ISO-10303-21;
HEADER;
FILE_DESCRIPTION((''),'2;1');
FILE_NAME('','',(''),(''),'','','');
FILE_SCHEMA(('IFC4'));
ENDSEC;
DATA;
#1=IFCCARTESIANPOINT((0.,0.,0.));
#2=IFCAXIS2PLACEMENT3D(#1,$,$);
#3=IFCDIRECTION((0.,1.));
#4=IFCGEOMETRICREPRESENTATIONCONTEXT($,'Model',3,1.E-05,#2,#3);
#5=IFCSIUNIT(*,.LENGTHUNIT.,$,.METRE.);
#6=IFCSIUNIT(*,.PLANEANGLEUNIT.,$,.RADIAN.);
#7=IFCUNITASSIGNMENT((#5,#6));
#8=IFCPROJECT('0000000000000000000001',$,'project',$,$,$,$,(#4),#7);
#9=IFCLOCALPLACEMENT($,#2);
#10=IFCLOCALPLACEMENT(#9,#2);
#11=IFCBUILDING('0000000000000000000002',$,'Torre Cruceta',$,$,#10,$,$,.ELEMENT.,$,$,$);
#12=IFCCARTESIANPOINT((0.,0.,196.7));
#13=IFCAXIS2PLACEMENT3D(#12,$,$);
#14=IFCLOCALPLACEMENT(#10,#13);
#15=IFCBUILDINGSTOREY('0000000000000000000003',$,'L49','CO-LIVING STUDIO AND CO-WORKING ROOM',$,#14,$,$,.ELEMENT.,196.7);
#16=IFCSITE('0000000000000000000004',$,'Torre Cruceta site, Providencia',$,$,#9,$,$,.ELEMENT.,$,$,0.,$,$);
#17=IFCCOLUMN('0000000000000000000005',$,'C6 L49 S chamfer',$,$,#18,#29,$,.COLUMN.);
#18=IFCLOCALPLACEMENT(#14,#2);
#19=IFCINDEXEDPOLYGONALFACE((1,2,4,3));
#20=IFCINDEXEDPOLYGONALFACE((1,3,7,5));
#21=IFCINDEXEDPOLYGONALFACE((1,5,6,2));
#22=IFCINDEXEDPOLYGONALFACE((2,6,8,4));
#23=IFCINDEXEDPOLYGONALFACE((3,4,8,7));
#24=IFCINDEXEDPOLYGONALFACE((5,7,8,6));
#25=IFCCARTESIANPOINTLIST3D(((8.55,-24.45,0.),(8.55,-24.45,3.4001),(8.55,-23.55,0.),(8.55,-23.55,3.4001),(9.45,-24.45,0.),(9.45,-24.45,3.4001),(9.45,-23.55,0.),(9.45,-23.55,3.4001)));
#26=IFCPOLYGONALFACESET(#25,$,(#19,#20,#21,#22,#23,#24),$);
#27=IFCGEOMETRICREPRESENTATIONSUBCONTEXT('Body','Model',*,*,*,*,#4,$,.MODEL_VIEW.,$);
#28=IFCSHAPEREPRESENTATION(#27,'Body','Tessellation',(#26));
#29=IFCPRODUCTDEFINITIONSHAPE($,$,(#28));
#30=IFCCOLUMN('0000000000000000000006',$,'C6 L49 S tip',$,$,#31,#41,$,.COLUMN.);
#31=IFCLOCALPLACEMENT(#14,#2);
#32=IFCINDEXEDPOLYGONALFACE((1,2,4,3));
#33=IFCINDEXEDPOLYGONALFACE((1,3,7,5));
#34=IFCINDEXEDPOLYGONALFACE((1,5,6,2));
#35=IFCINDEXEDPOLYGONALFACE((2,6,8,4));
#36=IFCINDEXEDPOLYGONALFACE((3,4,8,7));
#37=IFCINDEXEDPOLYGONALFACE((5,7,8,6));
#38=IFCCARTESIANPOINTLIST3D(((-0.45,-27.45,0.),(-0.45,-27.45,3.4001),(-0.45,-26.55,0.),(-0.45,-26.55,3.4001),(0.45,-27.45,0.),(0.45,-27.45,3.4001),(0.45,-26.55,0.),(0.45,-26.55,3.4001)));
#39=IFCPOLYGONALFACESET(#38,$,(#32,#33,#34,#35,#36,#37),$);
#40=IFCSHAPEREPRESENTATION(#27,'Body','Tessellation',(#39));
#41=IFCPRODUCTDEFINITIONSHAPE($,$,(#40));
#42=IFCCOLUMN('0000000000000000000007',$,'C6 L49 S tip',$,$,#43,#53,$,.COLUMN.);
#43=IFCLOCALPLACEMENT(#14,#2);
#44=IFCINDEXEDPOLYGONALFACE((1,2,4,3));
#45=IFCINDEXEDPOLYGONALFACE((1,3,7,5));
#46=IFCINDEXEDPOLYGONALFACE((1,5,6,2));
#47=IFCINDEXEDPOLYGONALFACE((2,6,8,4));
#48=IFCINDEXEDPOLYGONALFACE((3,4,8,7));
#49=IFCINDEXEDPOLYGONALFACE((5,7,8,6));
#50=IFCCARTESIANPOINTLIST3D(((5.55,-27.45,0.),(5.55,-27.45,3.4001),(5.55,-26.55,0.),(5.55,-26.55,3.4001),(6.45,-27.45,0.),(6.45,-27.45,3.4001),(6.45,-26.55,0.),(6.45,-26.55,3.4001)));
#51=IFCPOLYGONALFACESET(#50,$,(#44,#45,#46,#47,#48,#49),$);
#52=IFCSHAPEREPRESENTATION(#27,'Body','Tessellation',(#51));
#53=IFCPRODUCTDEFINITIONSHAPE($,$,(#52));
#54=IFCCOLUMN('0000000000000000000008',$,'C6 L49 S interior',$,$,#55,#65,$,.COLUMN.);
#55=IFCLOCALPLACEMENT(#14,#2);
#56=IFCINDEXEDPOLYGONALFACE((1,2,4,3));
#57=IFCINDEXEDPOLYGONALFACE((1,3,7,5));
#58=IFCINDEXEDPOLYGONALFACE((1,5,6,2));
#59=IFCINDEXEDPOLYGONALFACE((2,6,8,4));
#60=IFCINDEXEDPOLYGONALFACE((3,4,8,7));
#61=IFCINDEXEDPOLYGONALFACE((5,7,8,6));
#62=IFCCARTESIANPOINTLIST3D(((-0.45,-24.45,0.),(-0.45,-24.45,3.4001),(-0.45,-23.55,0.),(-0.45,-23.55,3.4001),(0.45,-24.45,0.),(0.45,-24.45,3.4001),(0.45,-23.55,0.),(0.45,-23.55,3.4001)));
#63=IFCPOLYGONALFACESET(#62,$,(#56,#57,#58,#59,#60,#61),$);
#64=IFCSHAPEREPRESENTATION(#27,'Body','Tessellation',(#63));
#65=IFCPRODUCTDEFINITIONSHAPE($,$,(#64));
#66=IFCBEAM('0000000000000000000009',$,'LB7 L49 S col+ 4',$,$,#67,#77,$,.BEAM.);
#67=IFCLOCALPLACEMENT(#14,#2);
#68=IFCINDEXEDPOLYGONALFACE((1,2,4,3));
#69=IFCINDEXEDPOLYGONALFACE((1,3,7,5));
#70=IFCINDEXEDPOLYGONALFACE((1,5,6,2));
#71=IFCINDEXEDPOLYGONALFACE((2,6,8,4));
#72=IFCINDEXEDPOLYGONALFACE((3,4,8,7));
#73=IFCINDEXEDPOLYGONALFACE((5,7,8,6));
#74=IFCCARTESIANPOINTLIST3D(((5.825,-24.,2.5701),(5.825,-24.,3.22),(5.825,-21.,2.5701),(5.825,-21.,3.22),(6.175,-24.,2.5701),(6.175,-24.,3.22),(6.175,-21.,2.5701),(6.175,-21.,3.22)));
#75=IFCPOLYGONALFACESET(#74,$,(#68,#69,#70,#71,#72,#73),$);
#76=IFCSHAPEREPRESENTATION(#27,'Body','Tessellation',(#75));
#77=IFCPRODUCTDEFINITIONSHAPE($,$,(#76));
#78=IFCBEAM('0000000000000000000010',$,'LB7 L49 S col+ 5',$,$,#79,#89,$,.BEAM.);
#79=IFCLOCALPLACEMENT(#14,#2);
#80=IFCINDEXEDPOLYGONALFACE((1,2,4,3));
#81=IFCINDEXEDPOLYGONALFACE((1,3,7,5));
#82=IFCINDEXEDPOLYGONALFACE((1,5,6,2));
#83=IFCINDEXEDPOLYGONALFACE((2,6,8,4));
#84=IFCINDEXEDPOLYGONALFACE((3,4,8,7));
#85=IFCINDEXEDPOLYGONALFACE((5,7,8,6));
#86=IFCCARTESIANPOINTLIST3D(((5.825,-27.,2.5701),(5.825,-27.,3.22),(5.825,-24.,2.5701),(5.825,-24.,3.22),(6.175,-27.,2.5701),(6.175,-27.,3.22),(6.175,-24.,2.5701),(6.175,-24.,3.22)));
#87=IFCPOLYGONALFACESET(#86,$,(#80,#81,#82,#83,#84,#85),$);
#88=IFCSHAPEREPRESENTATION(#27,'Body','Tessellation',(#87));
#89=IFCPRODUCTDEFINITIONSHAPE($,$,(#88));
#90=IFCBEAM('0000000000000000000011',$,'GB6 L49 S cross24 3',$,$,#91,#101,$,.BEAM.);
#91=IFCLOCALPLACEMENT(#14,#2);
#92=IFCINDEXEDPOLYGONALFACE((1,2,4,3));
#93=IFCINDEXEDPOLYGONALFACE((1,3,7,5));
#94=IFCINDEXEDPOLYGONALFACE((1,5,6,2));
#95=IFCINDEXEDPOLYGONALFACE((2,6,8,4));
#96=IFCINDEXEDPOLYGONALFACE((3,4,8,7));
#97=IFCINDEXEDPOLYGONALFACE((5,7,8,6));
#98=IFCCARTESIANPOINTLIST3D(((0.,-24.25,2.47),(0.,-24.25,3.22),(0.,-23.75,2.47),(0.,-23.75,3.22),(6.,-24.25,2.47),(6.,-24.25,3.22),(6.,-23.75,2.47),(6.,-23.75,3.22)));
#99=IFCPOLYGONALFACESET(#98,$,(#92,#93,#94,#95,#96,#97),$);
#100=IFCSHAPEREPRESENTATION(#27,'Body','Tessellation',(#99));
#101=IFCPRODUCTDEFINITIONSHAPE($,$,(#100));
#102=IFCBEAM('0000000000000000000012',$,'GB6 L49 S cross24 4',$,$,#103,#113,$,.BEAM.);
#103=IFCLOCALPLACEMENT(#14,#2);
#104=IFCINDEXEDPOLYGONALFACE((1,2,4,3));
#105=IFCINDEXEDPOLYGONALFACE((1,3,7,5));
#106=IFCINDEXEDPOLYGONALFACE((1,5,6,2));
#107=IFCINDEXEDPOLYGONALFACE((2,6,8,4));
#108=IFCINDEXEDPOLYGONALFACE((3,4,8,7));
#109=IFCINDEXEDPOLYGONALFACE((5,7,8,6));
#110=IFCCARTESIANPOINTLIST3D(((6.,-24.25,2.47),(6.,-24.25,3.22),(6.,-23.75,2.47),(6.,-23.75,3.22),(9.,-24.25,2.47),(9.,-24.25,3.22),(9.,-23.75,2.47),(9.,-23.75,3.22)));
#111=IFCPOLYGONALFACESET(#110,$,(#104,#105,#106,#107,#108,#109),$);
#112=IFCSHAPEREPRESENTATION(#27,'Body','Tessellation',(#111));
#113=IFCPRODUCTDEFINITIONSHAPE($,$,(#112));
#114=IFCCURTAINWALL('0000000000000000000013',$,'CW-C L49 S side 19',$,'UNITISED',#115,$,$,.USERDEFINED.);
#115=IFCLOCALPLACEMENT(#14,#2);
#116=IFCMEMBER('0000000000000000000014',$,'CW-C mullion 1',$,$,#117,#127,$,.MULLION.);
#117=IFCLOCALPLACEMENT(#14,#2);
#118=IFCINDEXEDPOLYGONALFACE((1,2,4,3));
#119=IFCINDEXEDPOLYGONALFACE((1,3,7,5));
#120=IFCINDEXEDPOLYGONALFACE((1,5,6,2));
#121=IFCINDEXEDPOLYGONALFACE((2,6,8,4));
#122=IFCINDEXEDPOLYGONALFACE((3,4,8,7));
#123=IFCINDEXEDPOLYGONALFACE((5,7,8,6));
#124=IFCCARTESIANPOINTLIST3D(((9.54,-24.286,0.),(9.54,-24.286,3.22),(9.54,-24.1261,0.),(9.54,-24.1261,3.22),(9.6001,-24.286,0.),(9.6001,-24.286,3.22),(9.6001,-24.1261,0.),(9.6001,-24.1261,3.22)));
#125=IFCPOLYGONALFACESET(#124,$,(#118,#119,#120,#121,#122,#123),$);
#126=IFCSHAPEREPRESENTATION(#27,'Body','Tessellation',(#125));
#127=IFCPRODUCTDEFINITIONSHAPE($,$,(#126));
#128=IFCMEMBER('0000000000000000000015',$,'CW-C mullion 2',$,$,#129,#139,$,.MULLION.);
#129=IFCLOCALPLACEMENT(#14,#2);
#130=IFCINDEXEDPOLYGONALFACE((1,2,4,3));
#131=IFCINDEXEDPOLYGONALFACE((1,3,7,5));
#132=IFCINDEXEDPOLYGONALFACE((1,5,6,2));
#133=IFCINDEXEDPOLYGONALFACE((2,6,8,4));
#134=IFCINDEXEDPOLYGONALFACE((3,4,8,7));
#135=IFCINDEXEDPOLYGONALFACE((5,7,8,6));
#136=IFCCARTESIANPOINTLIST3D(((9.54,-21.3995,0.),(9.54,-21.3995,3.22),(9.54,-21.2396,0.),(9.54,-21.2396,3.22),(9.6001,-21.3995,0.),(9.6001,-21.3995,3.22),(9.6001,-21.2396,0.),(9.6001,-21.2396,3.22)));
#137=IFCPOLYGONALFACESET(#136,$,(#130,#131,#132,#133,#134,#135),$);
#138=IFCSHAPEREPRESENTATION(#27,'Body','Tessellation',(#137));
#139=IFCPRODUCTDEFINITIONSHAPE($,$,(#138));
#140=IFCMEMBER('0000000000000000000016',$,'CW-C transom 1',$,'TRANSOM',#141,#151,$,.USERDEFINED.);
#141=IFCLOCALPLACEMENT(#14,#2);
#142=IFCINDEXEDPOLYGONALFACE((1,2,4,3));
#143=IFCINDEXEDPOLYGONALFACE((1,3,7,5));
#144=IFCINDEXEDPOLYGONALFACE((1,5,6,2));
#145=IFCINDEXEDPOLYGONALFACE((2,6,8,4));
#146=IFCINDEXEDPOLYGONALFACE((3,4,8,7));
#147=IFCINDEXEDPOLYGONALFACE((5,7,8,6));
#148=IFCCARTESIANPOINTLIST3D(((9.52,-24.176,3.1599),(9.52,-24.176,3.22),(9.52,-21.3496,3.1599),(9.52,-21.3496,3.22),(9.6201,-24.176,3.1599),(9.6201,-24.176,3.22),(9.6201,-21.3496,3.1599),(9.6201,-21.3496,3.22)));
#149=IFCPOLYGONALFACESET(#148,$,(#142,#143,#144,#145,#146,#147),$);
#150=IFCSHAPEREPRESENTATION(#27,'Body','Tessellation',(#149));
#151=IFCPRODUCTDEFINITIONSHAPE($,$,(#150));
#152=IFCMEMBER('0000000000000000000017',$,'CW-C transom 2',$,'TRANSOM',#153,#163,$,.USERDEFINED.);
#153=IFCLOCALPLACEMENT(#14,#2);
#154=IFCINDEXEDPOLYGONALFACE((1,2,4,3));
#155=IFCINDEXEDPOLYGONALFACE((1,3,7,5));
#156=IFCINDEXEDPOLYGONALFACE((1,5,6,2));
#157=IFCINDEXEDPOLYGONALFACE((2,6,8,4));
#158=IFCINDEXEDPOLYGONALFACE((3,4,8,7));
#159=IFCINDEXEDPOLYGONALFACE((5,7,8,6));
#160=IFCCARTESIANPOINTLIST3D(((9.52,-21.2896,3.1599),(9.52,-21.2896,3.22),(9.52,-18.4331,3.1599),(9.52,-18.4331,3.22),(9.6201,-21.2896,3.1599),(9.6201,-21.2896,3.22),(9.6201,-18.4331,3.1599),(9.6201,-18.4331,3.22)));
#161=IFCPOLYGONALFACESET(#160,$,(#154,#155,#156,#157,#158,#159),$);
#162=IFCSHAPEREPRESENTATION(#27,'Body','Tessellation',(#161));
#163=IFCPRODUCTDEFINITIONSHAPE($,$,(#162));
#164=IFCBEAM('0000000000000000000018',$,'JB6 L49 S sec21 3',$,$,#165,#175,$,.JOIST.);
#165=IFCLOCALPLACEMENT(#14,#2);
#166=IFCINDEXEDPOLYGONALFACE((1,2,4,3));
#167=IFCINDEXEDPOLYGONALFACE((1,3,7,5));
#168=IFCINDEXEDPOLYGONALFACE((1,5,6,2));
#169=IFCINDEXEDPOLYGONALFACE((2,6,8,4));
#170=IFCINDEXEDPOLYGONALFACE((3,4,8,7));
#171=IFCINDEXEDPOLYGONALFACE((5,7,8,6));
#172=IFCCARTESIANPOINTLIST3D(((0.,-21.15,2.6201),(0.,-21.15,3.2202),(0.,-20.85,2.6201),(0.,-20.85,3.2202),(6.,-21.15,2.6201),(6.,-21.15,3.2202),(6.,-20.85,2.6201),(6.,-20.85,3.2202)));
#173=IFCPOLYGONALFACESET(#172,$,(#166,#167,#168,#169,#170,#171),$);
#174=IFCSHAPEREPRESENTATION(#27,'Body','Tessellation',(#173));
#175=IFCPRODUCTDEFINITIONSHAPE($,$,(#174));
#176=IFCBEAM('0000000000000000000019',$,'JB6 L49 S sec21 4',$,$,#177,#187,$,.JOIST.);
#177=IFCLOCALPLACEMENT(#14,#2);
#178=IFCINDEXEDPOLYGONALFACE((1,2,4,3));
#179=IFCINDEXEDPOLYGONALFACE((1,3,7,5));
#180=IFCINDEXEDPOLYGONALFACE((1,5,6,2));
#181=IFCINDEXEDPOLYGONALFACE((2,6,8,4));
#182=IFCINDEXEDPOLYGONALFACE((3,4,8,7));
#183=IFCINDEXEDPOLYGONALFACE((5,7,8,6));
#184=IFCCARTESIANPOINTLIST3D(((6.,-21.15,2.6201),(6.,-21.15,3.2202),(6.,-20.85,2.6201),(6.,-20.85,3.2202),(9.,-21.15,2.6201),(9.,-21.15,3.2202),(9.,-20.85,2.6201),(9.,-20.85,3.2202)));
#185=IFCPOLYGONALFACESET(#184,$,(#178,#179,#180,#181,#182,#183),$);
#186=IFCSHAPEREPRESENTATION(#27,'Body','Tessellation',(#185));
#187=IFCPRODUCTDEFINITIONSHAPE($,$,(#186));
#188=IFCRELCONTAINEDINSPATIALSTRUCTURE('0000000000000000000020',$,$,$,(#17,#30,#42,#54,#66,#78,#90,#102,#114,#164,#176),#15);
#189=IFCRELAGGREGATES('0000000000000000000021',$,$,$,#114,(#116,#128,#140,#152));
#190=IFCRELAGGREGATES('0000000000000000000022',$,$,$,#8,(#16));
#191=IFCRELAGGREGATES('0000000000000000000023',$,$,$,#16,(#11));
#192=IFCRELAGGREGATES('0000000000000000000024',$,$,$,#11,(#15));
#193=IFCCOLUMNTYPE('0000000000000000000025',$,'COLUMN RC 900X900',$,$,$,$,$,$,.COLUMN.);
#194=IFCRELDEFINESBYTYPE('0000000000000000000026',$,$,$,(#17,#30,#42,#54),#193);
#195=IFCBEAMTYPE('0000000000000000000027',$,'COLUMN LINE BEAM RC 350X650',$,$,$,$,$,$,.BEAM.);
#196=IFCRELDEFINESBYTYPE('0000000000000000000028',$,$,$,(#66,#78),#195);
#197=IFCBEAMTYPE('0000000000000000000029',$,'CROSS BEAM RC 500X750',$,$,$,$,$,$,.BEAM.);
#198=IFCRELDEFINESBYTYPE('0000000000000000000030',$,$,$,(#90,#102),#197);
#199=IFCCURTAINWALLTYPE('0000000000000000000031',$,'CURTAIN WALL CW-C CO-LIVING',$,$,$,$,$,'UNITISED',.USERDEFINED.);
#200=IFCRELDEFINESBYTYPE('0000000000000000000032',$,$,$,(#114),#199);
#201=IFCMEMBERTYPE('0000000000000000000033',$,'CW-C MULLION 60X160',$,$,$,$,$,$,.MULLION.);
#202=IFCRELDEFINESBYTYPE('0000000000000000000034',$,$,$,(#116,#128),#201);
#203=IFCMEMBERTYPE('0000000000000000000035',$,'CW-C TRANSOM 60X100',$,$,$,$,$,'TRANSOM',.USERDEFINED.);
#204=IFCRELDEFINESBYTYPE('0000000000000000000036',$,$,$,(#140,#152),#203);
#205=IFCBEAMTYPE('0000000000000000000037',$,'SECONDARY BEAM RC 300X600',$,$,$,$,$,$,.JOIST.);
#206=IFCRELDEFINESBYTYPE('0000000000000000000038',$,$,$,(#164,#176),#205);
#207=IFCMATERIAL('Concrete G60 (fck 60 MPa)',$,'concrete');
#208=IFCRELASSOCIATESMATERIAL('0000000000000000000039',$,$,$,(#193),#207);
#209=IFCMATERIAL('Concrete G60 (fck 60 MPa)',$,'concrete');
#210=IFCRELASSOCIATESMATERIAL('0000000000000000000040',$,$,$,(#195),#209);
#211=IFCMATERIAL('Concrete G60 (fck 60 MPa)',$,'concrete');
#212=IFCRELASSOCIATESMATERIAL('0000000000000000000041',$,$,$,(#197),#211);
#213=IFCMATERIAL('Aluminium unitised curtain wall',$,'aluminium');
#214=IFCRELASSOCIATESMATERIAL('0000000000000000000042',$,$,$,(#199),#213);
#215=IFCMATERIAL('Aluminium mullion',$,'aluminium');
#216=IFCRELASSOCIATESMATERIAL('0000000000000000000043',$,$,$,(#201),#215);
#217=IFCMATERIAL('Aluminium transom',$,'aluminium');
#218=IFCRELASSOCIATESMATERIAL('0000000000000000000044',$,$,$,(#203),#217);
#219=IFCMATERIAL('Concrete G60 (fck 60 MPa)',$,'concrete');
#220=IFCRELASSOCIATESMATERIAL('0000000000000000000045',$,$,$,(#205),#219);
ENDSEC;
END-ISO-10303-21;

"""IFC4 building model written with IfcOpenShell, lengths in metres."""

from ifc_helpers import new_model, si_unit, direction, frame, origin, origin_2d, place, context, subcontext, project, spatial, rectangle, extrude, material, material_profile, profile_set, type_object, element, aggregate, save


model = new_model("IFC4")

# Units and contexts
model_context = context("Model", 3, precision=1e-05, world=origin(), true_north=direction((0.0, 1.0)))
body_context = subcontext(model_context, "Body", "Model", "MODEL_VIEW")
ifc_project = project(units=[si_unit("LENGTHUNIT", "METRE"), si_unit("PLANEANGLEUNIT", "RADIAN")], contexts=[model_context])

# Site, building, storey
site_placement = place(None, origin())
site = spatial("IfcSite", under=ifc_project, at=site_placement, Name="Torre Cruceta site, Providencia", CompositionType="ELEMENT", RefElevation=0.0)
building_placement = place(site_placement, origin())
building = spatial("IfcBuilding", under=site, at=building_placement, Name="Torre Cruceta", CompositionType="ELEMENT")
storey_placement = place(building_placement, frame((0.0, 0.0, 196.7)))
storey = spatial("IfcBuildingStorey", under=building, at=storey_placement, Name="L49", Description="CO-LIVING STUDIO AND CO-WORKING ROOM", CompositionType="ELEMENT", Elevation=196.7)

# Columns
ifc_material_1 = material(Name="Concrete G60 (fck 60 MPa)", Category="concrete")
ifc_material_profile_1 = material_profile(ifc_material_1, rectangle(XDim=0.8999, YDim=0.8999, at=origin_2d()), Name="RC 900X900")
ifc_profile_set_1 = profile_set([ifc_material_profile_1], Name="Concrete G60 (fck 60 MPa)")
column_type = type_object("IfcColumnType", Name="COLUMN RC 900X900", PredefinedType="COLUMN", material=ifc_profile_set_1)
for number, where, z_axis, x_axis, name in (
    (1, (9.0, -24.0, 0.0), (0.0, 0.0, 1.0), (1.0, 0.0, 0.0), "C6 L49 S chamfer"),
    (2, (0.0, -27.0, 0.0), (0.0, 0.0, 1.0), (1.0, 0.0, 0.0), "C6 L49 S tip"),
    (3, (6.0, -27.0, 0.0), (0.0, 0.0, 1.0), (1.0, 0.0, 0.0), "C6 L49 S tip"),
    (4, (0.0, -24.0, 0.0), (0.0, 0.0, 1.0), (1.0, 0.0, 0.0), "C6 L49 S interior"),
):
    element("IfcColumn", number, at=place(storey_placement, frame(where, z_axis=z_axis, x_axis=x_axis)), inside=storey, type_object=column_type, Name=name, PredefinedType="COLUMN", context=body_context, shape_type="SweptSolid", body=[
        extrude(rectangle(XDim=0.8999, YDim=0.8999, at=origin_2d()), origin(), (0.0, 0.0, 1.0), 3.4001),
    ])

# Beams
ifc_material_2 = material(Name="Concrete G60 (fck 60 MPa)", Category="concrete")
ifc_material_profile_2 = material_profile(ifc_material_2, rectangle(XDim=0.3501, YDim=0.6499, at=origin_2d()), Name="RC 350X650")
ifc_profile_set_2 = profile_set([ifc_material_profile_2], Name="Concrete G60 (fck 60 MPa)")
beam_type_1 = type_object("IfcBeamType", Name="COLUMN LINE BEAM RC 350X650", PredefinedType="BEAM", material=ifc_profile_set_2)
for number, where, z_axis, x_axis, name in (
    (5, (6.0, -21.0, 2.895), (0.0, -1.0, 0.0), (1.0, 0.0, 0.0), "LB7 L49 S col+ 4"),
    (6, (6.0, -24.0, 2.895), (0.0, -1.0, 0.0), (1.0, 0.0, 0.0), "LB7 L49 S col+ 5"),
):
    element("IfcBeam", number, at=place(storey_placement, frame(where, z_axis=z_axis, x_axis=x_axis)), inside=storey, type_object=beam_type_1, Name=name, PredefinedType="BEAM", context=body_context, shape_type="SweptSolid", body=[
        extrude(rectangle(XDim=0.3501, YDim=0.6499, at=origin_2d()), origin(), (0.0, 0.0, 1.0), 3.0),
    ])
ifc_material_3 = material(Name="Concrete G60 (fck 60 MPa)", Category="concrete")
ifc_material_profile_3 = material_profile(ifc_material_3, rectangle(XDim=0.5, YDim=0.75, at=origin_2d()), Name="RC 500X750")
ifc_profile_set_3 = profile_set([ifc_material_profile_3], Name="Concrete G60 (fck 60 MPa)")
beam_type_2 = type_object("IfcBeamType", Name="CROSS BEAM RC 500X750", PredefinedType="BEAM", material=ifc_profile_set_3)
beam_1_placement = place(storey_placement, frame((0.0, -24.0, 2.845), z_axis=(1.0, 0.0, 0.0), x_axis=(0.0, 1.0, 0.0)))
element("IfcBeam", 7, at=beam_1_placement, inside=storey, type_object=beam_type_2, Name="GB6 L49 S cross24 3", PredefinedType="BEAM", context=body_context, shape_type="SweptSolid", body=[
    extrude(rectangle(XDim=0.5, YDim=0.75, at=origin_2d()), origin(), (0.0, 0.0, 1.0), 6.0),
])
beam_2_placement = place(storey_placement, frame((6.0, -24.0, 2.845), z_axis=(1.0, 0.0, 0.0), x_axis=(0.0, 1.0, 0.0)))
element("IfcBeam", 8, at=beam_2_placement, inside=storey, type_object=beam_type_2, Name="GB6 L49 S cross24 4", PredefinedType="BEAM", context=body_context, shape_type="SweptSolid", body=[
    extrude(rectangle(XDim=0.5, YDim=0.75, at=origin_2d()), origin(), (0.0, 0.0, 1.0), 3.0),
])

# Curtain wall, members
ifc_material_4 = material(Name="Aluminium unitised curtain wall", Category="aluminium")
curtain_wall_type = type_object("IfcCurtainWallType", Name="CURTAIN WALL CW-C CO-LIVING", ElementType="UNITISED", PredefinedType="USERDEFINED", material=ifc_material_4)
curtain_wall_placement = place(storey_placement, origin())
curtain_wall = element("IfcCurtainWall", 9, at=curtain_wall_placement, inside=storey, type_object=curtain_wall_type, Name="CW-C L49 S side 19", ObjectType="UNITISED", PredefinedType="USERDEFINED")
ifc_material_5 = material(Name="Aluminium mullion", Category="aluminium")
ifc_material_profile_4 = material_profile(ifc_material_5, rectangle(XDim=0.0601, YDim=0.1599, at=origin_2d()), Name="AL 60X160")
ifc_profile_set_4 = profile_set([ifc_material_profile_4], Name="Aluminium mullion")
member_type_1 = type_object("IfcMemberType", Name="CW-C MULLION 60X160", PredefinedType="MULLION", material=ifc_profile_set_4)
member_1_placement = place(storey_placement, frame((9.5701, -24.2061, 0.0), z_axis=(0.0, 0.0, 1.0), x_axis=(-1.0, 0.0, 0.0)))
member_1 = element("IfcMember", 10, at=member_1_placement, type_object=member_type_1, Name="CW-C mullion 1", PredefinedType="MULLION", context=body_context, shape_type="SweptSolid", body=[
    extrude(rectangle(XDim=0.0601, YDim=0.1599, at=origin_2d()), origin(), (0.0, 0.0, 1.0), 3.22),
])
member_2_placement = place(storey_placement, frame((9.5701, -21.3196, 0.0), z_axis=(0.0, 0.0, 1.0), x_axis=(-1.0, 0.0, 0.0)))
member_2 = element("IfcMember", 11, at=member_2_placement, type_object=member_type_1, Name="CW-C mullion 2", PredefinedType="MULLION", context=body_context, shape_type="SweptSolid", body=[
    extrude(rectangle(XDim=0.0601, YDim=0.1599, at=origin_2d()), origin(), (0.0, 0.0, 1.0), 3.22),
])
ifc_material_6 = material(Name="Aluminium transom", Category="aluminium")
ifc_material_profile_5 = material_profile(ifc_material_6, rectangle(XDim=0.1001, YDim=0.0601, at=origin_2d()), Name="AL 100X60")
ifc_profile_set_5 = profile_set([ifc_material_profile_5], Name="Aluminium transom")
member_type_2 = type_object("IfcMemberType", Name="CW-C TRANSOM 60X100", ElementType="TRANSOM", PredefinedType="USERDEFINED", material=ifc_profile_set_5)
member_3_placement = place(storey_placement, frame((9.5701, -24.176, 3.1899), z_axis=(0.0, 1.0, 0.0), x_axis=(-1.0, 0.0, 0.0)))
member_3 = element("IfcMember", 12, at=member_3_placement, type_object=member_type_2, Name="CW-C transom 1", ObjectType="TRANSOM", PredefinedType="USERDEFINED", context=body_context, shape_type="SweptSolid", body=[
    extrude(rectangle(XDim=0.1001, YDim=0.0601, at=origin_2d()), origin(), (0.0, 0.0, 1.0), 2.8264),
])
member_4_placement = place(storey_placement, frame((9.5701, -21.2896, 3.1899), z_axis=(0.0, 1.0, 0.0), x_axis=(-1.0, 0.0, 0.0)))
member_4 = element("IfcMember", 13, at=member_4_placement, type_object=member_type_2, Name="CW-C transom 2", ObjectType="TRANSOM", PredefinedType="USERDEFINED", context=body_context, shape_type="SweptSolid", body=[
    extrude(rectangle(XDim=0.1001, YDim=0.0601, at=origin_2d()), origin(), (0.0, 0.0, 1.0), 2.8564),
])

# Beams
ifc_material_7 = material(Name="Concrete G60 (fck 60 MPa)", Category="concrete")
ifc_material_profile_6 = material_profile(ifc_material_7, rectangle(XDim=0.3, YDim=0.6001, at=origin_2d()), Name="RC 300X600")
ifc_profile_set_6 = profile_set([ifc_material_profile_6], Name="Concrete G60 (fck 60 MPa)")
beam_type_3 = type_object("IfcBeamType", Name="SECONDARY BEAM RC 300X600", PredefinedType="JOIST", material=ifc_profile_set_6)
beam_3_placement = place(storey_placement, frame((0.0, -21.0, 2.9202), z_axis=(1.0, 0.0, 0.0), x_axis=(0.0, 1.0, 0.0)))
element("IfcBeam", 14, at=beam_3_placement, inside=storey, type_object=beam_type_3, Name="JB6 L49 S sec21 3", PredefinedType="JOIST", context=body_context, shape_type="SweptSolid", body=[
    extrude(rectangle(XDim=0.3, YDim=0.6001, at=origin_2d()), origin(), (0.0, 0.0, 1.0), 6.0),
])
beam_4_placement = place(storey_placement, frame((6.0, -21.0, 2.9202), z_axis=(1.0, 0.0, 0.0), x_axis=(0.0, 1.0, 0.0)))
element("IfcBeam", 15, at=beam_4_placement, inside=storey, type_object=beam_type_3, Name="JB6 L49 S sec21 4", PredefinedType="JOIST", context=body_context, shape_type="SweptSolid", body=[
    extrude(rectangle(XDim=0.3, YDim=0.6001, at=origin_2d()), origin(), (0.0, 0.0, 1.0), 3.0),
])

aggregate(curtain_wall, [member_1, member_2, member_3, member_4])

save(model, "model.ifc")
